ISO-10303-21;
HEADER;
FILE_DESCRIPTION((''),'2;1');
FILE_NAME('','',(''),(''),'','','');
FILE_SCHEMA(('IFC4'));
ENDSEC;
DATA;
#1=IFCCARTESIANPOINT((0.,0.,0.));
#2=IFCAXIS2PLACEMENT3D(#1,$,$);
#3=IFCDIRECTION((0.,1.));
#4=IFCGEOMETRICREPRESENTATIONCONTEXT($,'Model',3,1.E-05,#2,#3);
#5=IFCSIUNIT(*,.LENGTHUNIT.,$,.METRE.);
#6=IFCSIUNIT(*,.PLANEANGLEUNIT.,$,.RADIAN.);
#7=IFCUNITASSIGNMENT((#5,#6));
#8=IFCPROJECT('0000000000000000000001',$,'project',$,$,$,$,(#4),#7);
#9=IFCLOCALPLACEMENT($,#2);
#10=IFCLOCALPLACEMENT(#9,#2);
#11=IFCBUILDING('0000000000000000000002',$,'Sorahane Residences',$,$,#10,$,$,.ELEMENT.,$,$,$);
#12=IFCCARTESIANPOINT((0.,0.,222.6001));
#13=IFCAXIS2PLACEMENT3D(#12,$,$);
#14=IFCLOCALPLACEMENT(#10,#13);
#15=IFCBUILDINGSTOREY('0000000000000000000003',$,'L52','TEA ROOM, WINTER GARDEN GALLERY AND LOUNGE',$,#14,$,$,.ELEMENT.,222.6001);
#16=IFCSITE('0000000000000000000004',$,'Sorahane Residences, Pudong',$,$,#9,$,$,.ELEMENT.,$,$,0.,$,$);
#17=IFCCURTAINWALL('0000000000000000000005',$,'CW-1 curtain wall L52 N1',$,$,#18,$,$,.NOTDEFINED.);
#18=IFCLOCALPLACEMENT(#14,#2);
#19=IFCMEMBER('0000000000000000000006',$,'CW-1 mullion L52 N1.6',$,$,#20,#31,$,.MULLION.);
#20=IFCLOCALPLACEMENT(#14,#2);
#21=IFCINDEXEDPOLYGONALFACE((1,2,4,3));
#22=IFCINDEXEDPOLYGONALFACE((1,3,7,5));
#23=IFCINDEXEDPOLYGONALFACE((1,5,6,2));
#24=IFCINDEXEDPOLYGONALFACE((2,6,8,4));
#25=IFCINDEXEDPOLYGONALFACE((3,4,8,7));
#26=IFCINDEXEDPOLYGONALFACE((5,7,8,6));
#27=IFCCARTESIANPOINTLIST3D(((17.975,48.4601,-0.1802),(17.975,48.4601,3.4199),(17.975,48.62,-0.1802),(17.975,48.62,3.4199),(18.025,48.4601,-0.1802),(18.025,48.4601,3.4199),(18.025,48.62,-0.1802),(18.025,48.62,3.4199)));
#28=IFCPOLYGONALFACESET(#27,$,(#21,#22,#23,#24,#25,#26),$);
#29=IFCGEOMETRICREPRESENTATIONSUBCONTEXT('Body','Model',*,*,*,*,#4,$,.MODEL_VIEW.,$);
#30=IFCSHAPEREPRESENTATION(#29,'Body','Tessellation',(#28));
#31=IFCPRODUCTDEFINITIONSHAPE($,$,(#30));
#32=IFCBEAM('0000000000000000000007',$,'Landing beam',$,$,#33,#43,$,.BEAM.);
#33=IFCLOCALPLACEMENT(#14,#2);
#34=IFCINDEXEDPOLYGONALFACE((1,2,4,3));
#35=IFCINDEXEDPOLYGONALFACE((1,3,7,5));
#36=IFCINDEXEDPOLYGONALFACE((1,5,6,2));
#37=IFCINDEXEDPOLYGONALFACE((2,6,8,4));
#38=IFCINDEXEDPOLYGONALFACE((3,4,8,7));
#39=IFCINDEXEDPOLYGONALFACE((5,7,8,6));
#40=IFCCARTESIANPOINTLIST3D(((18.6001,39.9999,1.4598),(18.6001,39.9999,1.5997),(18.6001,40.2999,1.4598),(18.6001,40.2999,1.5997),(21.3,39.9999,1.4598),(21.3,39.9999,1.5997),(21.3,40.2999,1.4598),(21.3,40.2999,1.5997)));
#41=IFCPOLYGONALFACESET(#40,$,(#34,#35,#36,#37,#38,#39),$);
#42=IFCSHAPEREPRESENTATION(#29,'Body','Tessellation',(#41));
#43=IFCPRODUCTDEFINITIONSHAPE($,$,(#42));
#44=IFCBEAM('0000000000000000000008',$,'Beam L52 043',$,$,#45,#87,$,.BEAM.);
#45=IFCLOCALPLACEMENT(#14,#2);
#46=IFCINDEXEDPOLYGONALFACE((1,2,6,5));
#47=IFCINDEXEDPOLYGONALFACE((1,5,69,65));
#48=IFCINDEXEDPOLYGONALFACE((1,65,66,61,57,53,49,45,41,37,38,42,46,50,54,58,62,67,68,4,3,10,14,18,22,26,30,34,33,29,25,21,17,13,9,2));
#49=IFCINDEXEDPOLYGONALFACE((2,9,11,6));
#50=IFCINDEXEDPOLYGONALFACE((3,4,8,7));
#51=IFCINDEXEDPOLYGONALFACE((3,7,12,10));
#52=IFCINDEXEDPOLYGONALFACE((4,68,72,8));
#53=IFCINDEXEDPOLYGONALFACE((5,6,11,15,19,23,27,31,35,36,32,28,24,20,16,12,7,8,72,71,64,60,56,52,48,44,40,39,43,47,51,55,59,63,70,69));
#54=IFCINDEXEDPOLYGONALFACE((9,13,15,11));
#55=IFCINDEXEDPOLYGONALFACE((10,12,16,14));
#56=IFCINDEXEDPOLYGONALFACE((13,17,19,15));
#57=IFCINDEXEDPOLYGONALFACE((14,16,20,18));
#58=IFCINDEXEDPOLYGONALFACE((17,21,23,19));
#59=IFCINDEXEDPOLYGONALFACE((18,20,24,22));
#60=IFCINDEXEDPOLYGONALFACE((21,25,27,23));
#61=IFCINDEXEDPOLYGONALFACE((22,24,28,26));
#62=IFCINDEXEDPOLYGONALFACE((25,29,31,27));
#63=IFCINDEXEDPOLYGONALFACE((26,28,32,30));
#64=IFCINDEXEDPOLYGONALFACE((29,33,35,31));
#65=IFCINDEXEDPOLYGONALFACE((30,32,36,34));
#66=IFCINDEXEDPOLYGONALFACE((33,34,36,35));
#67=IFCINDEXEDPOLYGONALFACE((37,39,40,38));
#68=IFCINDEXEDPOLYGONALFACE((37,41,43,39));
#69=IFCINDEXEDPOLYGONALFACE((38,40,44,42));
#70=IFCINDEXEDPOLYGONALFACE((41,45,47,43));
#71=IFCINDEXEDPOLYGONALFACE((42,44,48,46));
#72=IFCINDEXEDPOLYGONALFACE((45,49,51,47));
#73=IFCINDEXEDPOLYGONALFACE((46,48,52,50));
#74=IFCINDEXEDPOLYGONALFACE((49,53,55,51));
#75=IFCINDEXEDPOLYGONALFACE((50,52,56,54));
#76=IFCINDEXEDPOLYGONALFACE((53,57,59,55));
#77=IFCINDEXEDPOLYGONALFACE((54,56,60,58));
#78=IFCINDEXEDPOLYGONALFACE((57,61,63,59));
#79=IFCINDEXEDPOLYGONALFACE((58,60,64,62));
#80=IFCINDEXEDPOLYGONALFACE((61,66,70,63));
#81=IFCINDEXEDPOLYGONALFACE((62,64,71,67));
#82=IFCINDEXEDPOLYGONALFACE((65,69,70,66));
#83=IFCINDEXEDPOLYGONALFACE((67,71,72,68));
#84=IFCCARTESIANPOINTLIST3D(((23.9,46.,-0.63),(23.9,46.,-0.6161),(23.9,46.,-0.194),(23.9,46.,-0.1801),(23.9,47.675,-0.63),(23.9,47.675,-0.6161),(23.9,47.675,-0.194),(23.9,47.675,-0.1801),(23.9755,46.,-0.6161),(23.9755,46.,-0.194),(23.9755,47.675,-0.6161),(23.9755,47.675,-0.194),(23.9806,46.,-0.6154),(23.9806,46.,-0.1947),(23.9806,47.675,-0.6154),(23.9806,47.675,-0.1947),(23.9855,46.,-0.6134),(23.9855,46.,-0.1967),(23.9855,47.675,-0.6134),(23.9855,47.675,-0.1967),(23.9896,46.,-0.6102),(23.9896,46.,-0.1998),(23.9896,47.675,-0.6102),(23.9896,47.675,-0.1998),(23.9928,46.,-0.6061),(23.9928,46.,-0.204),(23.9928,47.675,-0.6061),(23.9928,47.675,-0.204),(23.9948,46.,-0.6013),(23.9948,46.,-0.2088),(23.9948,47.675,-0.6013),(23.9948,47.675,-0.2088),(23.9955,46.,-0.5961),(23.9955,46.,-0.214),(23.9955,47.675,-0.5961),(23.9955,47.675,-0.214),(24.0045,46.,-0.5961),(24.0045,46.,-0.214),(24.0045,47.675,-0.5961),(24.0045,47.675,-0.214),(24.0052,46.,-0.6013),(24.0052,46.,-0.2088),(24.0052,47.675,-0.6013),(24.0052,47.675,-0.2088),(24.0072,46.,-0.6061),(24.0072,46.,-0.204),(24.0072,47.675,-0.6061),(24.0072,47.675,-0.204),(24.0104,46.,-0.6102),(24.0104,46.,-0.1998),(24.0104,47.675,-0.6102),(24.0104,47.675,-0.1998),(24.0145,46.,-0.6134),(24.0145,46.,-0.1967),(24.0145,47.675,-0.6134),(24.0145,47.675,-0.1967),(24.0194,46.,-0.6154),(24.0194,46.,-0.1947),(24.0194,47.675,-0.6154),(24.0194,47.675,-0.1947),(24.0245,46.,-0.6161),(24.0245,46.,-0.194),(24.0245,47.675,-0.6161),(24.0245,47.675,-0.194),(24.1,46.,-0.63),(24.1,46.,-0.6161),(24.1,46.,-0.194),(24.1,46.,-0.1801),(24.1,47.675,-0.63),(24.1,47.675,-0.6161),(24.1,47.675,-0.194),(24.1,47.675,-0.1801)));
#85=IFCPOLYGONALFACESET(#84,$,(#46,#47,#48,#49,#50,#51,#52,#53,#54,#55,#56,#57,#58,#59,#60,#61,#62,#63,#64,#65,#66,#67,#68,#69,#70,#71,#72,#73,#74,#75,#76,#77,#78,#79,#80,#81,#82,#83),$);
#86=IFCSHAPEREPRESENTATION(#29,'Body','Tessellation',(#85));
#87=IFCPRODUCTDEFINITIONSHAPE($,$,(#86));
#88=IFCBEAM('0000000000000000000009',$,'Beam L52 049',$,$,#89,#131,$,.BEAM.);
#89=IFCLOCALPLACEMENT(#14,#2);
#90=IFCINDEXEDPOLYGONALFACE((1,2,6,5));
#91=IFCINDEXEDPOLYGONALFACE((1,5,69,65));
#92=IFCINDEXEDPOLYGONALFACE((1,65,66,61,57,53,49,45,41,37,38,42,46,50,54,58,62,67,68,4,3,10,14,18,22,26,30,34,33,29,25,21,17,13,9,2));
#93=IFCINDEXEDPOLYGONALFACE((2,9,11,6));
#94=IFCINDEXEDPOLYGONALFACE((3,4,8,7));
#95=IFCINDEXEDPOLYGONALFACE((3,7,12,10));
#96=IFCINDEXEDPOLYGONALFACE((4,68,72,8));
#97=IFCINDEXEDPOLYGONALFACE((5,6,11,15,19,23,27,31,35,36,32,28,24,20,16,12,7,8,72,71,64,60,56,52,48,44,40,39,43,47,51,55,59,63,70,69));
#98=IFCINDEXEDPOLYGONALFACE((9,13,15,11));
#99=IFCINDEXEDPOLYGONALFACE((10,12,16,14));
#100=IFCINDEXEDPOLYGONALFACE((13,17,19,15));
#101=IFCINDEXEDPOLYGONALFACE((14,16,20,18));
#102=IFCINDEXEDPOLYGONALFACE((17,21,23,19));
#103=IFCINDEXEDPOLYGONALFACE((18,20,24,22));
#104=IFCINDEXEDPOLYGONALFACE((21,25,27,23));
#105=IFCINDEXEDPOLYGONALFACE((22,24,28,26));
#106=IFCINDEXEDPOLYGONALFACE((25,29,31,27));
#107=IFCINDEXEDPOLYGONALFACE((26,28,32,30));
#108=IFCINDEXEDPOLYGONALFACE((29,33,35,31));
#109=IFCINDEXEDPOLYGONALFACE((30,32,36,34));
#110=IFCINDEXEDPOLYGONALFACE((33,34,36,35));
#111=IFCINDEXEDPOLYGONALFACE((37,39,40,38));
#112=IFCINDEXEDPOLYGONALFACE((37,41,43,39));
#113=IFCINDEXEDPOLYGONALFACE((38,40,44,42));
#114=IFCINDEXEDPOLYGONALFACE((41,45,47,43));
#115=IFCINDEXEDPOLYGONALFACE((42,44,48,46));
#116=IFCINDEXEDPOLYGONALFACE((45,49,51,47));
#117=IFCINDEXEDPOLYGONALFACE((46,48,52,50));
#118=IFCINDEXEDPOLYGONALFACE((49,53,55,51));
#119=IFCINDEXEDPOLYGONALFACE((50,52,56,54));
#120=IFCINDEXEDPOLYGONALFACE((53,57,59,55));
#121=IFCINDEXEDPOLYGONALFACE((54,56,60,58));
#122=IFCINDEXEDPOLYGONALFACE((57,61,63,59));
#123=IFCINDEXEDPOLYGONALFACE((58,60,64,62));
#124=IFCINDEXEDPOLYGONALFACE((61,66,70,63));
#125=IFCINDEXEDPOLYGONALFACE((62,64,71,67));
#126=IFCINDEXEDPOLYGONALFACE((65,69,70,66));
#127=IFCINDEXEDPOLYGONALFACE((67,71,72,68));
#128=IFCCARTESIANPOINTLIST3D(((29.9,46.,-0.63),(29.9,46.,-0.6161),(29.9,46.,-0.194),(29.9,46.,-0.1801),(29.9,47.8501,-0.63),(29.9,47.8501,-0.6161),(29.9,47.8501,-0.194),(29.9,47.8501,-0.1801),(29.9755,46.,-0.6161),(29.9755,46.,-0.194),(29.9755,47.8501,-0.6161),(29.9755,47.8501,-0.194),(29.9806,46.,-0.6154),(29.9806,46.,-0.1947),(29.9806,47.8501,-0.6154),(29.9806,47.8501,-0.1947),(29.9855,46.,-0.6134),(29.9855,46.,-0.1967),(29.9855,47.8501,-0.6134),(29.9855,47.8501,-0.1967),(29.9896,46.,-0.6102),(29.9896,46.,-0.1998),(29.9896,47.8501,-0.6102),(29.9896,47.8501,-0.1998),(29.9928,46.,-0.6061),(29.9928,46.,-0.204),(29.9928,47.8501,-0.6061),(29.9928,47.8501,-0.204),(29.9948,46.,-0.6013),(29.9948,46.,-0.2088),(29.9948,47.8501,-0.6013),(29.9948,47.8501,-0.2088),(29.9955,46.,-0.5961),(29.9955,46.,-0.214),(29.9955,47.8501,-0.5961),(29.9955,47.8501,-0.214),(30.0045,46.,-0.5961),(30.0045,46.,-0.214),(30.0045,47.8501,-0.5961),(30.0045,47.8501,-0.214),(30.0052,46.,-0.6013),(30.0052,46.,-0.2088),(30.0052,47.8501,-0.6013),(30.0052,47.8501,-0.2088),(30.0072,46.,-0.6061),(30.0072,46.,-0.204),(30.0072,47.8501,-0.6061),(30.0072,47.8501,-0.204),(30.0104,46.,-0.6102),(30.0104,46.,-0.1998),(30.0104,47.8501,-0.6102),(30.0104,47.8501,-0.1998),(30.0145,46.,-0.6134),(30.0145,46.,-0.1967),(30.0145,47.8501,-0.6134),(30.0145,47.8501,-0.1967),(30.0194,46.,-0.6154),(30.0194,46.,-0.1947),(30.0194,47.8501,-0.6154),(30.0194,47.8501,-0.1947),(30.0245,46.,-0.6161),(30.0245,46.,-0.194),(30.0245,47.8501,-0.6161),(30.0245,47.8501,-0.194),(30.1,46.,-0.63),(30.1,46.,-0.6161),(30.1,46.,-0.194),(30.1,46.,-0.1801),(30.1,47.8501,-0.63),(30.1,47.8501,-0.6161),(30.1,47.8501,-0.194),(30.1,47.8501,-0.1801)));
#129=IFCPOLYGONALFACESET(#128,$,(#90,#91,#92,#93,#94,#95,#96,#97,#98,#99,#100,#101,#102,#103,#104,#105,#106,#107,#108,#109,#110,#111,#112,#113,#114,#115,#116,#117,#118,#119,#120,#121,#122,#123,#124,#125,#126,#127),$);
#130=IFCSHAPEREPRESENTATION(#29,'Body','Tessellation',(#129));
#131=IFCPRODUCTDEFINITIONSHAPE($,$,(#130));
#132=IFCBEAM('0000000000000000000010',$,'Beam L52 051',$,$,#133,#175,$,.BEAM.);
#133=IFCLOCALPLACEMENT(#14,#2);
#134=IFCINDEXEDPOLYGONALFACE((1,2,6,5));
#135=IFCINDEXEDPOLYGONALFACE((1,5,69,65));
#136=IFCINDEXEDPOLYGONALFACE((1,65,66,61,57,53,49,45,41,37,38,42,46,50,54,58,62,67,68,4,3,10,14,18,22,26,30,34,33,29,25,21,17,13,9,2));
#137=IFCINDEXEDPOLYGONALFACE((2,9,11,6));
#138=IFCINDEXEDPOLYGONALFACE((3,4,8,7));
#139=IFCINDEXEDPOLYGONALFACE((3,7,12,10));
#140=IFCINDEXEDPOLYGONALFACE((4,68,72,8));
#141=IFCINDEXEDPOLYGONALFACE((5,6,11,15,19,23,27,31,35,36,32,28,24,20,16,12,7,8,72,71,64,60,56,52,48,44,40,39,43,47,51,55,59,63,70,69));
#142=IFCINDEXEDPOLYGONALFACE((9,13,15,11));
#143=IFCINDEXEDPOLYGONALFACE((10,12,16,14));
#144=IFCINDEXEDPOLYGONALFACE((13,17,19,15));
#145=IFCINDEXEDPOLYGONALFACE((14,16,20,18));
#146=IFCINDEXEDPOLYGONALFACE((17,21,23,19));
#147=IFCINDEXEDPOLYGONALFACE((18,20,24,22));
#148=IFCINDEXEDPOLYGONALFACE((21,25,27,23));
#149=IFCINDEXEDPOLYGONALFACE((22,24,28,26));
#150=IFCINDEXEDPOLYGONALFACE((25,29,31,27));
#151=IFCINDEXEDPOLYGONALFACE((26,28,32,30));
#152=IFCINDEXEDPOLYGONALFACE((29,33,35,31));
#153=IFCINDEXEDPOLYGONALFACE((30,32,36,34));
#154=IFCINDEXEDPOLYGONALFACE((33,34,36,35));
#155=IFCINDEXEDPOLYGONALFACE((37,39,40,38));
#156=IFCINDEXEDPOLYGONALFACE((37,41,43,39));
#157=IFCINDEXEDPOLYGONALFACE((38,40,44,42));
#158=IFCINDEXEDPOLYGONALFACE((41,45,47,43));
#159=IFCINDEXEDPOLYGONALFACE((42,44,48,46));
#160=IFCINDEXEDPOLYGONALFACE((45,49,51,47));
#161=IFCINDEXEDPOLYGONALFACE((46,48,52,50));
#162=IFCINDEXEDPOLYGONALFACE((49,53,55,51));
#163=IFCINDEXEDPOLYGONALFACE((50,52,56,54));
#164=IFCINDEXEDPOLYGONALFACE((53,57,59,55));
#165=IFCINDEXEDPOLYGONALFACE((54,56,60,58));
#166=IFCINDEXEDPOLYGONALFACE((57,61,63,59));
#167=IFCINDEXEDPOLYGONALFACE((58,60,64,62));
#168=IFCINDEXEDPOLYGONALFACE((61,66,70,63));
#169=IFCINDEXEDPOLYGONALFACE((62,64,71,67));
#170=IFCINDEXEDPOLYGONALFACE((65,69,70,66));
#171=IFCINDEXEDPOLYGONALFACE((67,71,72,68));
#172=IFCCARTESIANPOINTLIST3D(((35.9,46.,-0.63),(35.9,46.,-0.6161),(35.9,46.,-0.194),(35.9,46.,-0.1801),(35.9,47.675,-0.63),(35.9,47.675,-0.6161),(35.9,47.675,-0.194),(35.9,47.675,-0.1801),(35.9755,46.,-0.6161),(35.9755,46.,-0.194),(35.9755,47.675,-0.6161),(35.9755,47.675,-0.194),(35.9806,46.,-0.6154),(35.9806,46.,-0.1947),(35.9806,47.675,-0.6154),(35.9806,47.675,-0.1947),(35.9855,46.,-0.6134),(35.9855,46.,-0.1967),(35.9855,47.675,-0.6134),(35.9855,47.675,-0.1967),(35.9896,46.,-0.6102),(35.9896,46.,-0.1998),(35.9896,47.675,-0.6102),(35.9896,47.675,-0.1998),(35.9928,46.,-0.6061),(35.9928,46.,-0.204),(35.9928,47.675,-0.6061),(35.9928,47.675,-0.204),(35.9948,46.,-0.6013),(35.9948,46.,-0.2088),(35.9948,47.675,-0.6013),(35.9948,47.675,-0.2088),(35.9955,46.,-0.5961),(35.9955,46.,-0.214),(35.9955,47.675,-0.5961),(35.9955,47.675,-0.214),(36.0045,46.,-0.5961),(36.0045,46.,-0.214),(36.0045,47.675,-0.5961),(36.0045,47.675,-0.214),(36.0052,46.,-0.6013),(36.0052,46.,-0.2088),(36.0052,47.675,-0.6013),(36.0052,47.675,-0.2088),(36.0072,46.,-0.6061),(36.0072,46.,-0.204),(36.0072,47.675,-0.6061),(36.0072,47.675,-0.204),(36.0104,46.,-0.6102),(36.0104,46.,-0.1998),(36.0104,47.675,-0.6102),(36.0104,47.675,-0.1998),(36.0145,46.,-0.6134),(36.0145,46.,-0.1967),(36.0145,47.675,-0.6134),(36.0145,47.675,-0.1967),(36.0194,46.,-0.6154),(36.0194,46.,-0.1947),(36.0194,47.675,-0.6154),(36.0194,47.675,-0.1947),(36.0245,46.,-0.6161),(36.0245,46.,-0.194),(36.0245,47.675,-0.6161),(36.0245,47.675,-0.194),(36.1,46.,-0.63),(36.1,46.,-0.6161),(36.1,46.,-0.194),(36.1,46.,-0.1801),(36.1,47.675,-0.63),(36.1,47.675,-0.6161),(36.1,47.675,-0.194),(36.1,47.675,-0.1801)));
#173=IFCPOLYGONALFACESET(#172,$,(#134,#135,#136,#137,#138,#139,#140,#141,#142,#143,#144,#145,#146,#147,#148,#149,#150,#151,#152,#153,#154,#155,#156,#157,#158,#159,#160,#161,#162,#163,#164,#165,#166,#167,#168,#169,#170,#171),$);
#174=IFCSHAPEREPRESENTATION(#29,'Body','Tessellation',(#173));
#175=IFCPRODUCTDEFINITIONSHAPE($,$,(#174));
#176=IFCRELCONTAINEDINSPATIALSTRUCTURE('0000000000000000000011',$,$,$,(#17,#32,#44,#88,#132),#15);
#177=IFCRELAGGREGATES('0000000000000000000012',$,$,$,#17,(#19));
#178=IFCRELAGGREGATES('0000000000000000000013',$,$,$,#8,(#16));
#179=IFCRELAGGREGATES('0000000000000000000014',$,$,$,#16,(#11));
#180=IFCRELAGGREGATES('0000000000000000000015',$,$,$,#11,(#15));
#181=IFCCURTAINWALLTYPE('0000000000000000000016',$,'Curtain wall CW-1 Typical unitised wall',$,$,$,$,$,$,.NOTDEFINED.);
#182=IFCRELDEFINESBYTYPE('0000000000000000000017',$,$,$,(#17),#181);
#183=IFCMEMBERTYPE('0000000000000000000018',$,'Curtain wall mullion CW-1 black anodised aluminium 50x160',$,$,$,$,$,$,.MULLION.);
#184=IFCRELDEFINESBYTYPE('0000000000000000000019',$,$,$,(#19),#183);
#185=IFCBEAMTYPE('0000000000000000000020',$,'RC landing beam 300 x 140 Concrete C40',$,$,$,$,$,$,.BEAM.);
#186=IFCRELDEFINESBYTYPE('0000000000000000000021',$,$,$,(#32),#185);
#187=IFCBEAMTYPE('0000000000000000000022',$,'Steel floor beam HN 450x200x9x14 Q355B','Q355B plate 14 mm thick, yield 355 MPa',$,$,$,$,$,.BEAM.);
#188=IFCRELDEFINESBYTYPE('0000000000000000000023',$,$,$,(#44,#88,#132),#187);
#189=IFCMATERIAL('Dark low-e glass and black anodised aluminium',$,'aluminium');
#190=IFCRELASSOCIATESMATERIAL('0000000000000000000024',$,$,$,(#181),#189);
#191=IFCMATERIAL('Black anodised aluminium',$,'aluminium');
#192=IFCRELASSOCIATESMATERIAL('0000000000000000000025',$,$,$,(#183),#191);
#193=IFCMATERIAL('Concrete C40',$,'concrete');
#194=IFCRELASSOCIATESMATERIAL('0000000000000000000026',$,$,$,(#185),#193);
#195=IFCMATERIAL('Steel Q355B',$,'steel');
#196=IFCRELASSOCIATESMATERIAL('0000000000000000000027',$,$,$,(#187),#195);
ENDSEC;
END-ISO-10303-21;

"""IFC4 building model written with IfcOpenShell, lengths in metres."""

from ifc_helpers import new_model, si_unit, direction, frame, origin, origin_2d, place, context, subcontext, project, spatial, rectangle, i_section, extrude, material, material_profile, profile_set, type_object, element, aggregate, save


model = new_model("IFC4")

# Units and contexts
model_context = context("Model", 3, precision=1e-05, world=origin(), true_north=direction((0.0, 1.0)))
body_context = subcontext(model_context, "Body", "Model", "MODEL_VIEW")
ifc_project = project(units=[si_unit("LENGTHUNIT", "METRE"), si_unit("PLANEANGLEUNIT", "RADIAN")], contexts=[model_context])

# Site, building, storey
site_placement = place(None, origin())
site = spatial("IfcSite", under=ifc_project, at=site_placement, Name="Sorahane Residences, Pudong", CompositionType="ELEMENT", RefElevation=0.0)
building_placement = place(site_placement, origin())
building = spatial("IfcBuilding", under=site, at=building_placement, Name="Sorahane Residences", CompositionType="ELEMENT")
storey_placement = place(building_placement, frame((0.0, 0.0, 222.6001)))
storey = spatial("IfcBuildingStorey", under=building, at=storey_placement, Name="L52", Description="TEA ROOM, WINTER GARDEN GALLERY AND LOUNGE", CompositionType="ELEMENT", Elevation=222.6001)

# Curtain wall, member
ifc_material_1 = material(Name="Dark low-e glass and black anodised aluminium", Category="aluminium")
curtain_wall_type = type_object("IfcCurtainWallType", Name="Curtain wall CW-1 Typical unitised wall", PredefinedType="NOTDEFINED", material=ifc_material_1)
curtain_wall_placement = place(storey_placement, origin())
curtain_wall = element("IfcCurtainWall", 1, at=curtain_wall_placement, inside=storey, type_object=curtain_wall_type, Name="CW-1 curtain wall L52 N1", PredefinedType="NOTDEFINED")
ifc_material_2 = material(Name="Black anodised aluminium", Category="aluminium")
ifc_material_profile_1 = material_profile(ifc_material_2, rectangle(XDim=0.1599, YDim=0.05, at=origin_2d()), Name="Curtain wall mullion CW-1 black anodised aluminium 50x160")
ifc_profile_set_1 = profile_set([ifc_material_profile_1], Name="Black anodised aluminium")
member_type_1 = type_object("IfcMemberType", Name="Curtain wall mullion CW-1 black anodised aluminium 50x160", PredefinedType="MULLION", material=ifc_profile_set_1)
member_1_placement = place(storey_placement, frame((18.0, 48.54, -0.1802), z_axis=(0.0, 0.0, 1.0), x_axis=(0.0, 1.0, 0.0)))
member_1 = element("IfcMember", 2, at=member_1_placement, type_object=member_type_1, Name="CW-1 mullion L52 N1.6", PredefinedType="MULLION", context=body_context, shape_type="SweptSolid", body=[
    extrude(rectangle(XDim=0.1599, YDim=0.05, at=origin_2d()), origin(), (0.0, 0.0, 1.0), 3.6001),
])

# Beams
ifc_material_3 = material(Name="Concrete C40", Category="concrete")
ifc_material_profile_2 = material_profile(ifc_material_3, rectangle(XDim=0.3, YDim=0.1399, at=origin_2d()), Name="300x140")
ifc_profile_set_2 = profile_set([ifc_material_profile_2], Name="Concrete C40")
beam_type_1 = type_object("IfcBeamType", Name="RC landing beam 300 x 140 Concrete C40", PredefinedType="BEAM", material=ifc_profile_set_2)
beam_1_placement = place(storey_placement, frame((18.6001, 40.1499, 1.5298), z_axis=(1.0, 0.0, 0.0), x_axis=(0.0, 1.0, 0.0)))
element("IfcBeam", 3, at=beam_1_placement, inside=storey, type_object=beam_type_1, Name="Landing beam", PredefinedType="BEAM", context=body_context, shape_type="SweptSolid", body=[
    extrude(rectangle(XDim=0.3, YDim=0.1399, at=origin_2d()), origin(), (0.0, 0.0, 1.0), 2.7),
])
ifc_material_4 = material(Name="Steel Q355B", Category="steel")
ifc_material_profile_3 = material_profile(ifc_material_4, i_section(OverallWidth=0.2, OverallDepth=0.45, WebThickness=0.009, FlangeThickness=0.0139, FilletRadius=0.02, at=origin_2d()), Name="HN 450x200x9x14")
ifc_profile_set_3 = profile_set([ifc_material_profile_3], Name="Steel Q355B")
beam_type_2 = type_object("IfcBeamType", Name="Steel floor beam HN 450x200x9x14 Q355B", Description="Q355B plate 14 mm thick, yield 355 MPa", PredefinedType="BEAM", material=ifc_profile_set_3)
beam_2_placement = place(storey_placement, frame((24.0, 46.0, -0.405), z_axis=(0.0, 1.0, 0.0), x_axis=(-1.0, 0.0, 0.0)))
element("IfcBeam", 4, at=beam_2_placement, inside=storey, type_object=beam_type_2, Name="Beam L52 043", PredefinedType="BEAM", context=body_context, shape_type="SweptSolid", body=[
    extrude(i_section(OverallWidth=0.2, OverallDepth=0.45, WebThickness=0.009, FlangeThickness=0.0139, FilletRadius=0.02, at=origin_2d()), origin(), (0.0, 0.0, 1.0), 1.675),
])
beam_3_placement = place(storey_placement, frame((30.0, 46.0, -0.405), z_axis=(0.0, 1.0, 0.0), x_axis=(-1.0, 0.0, 0.0)))
element("IfcBeam", 5, at=beam_3_placement, inside=storey, type_object=beam_type_2, Name="Beam L52 049", PredefinedType="BEAM", context=body_context, shape_type="SweptSolid", body=[
    extrude(i_section(OverallWidth=0.2, OverallDepth=0.45, WebThickness=0.009, FlangeThickness=0.0139, FilletRadius=0.02, at=origin_2d()), origin(), (0.0, 0.0, 1.0), 1.8501),
])
beam_4_placement = place(storey_placement, frame((36.0, 46.0, -0.405), z_axis=(0.0, 1.0, 0.0), x_axis=(-1.0, 0.0, 0.0)))
element("IfcBeam", 6, at=beam_4_placement, inside=storey, type_object=beam_type_2, Name="Beam L52 051", PredefinedType="BEAM", context=body_context, shape_type="SweptSolid", body=[
    extrude(i_section(OverallWidth=0.2, OverallDepth=0.45, WebThickness=0.009, FlangeThickness=0.0139, FilletRadius=0.02, at=origin_2d()), origin(), (0.0, 0.0, 1.0), 1.675),
])

aggregate(curtain_wall, [member_1])

save(model, "model.ifc")
